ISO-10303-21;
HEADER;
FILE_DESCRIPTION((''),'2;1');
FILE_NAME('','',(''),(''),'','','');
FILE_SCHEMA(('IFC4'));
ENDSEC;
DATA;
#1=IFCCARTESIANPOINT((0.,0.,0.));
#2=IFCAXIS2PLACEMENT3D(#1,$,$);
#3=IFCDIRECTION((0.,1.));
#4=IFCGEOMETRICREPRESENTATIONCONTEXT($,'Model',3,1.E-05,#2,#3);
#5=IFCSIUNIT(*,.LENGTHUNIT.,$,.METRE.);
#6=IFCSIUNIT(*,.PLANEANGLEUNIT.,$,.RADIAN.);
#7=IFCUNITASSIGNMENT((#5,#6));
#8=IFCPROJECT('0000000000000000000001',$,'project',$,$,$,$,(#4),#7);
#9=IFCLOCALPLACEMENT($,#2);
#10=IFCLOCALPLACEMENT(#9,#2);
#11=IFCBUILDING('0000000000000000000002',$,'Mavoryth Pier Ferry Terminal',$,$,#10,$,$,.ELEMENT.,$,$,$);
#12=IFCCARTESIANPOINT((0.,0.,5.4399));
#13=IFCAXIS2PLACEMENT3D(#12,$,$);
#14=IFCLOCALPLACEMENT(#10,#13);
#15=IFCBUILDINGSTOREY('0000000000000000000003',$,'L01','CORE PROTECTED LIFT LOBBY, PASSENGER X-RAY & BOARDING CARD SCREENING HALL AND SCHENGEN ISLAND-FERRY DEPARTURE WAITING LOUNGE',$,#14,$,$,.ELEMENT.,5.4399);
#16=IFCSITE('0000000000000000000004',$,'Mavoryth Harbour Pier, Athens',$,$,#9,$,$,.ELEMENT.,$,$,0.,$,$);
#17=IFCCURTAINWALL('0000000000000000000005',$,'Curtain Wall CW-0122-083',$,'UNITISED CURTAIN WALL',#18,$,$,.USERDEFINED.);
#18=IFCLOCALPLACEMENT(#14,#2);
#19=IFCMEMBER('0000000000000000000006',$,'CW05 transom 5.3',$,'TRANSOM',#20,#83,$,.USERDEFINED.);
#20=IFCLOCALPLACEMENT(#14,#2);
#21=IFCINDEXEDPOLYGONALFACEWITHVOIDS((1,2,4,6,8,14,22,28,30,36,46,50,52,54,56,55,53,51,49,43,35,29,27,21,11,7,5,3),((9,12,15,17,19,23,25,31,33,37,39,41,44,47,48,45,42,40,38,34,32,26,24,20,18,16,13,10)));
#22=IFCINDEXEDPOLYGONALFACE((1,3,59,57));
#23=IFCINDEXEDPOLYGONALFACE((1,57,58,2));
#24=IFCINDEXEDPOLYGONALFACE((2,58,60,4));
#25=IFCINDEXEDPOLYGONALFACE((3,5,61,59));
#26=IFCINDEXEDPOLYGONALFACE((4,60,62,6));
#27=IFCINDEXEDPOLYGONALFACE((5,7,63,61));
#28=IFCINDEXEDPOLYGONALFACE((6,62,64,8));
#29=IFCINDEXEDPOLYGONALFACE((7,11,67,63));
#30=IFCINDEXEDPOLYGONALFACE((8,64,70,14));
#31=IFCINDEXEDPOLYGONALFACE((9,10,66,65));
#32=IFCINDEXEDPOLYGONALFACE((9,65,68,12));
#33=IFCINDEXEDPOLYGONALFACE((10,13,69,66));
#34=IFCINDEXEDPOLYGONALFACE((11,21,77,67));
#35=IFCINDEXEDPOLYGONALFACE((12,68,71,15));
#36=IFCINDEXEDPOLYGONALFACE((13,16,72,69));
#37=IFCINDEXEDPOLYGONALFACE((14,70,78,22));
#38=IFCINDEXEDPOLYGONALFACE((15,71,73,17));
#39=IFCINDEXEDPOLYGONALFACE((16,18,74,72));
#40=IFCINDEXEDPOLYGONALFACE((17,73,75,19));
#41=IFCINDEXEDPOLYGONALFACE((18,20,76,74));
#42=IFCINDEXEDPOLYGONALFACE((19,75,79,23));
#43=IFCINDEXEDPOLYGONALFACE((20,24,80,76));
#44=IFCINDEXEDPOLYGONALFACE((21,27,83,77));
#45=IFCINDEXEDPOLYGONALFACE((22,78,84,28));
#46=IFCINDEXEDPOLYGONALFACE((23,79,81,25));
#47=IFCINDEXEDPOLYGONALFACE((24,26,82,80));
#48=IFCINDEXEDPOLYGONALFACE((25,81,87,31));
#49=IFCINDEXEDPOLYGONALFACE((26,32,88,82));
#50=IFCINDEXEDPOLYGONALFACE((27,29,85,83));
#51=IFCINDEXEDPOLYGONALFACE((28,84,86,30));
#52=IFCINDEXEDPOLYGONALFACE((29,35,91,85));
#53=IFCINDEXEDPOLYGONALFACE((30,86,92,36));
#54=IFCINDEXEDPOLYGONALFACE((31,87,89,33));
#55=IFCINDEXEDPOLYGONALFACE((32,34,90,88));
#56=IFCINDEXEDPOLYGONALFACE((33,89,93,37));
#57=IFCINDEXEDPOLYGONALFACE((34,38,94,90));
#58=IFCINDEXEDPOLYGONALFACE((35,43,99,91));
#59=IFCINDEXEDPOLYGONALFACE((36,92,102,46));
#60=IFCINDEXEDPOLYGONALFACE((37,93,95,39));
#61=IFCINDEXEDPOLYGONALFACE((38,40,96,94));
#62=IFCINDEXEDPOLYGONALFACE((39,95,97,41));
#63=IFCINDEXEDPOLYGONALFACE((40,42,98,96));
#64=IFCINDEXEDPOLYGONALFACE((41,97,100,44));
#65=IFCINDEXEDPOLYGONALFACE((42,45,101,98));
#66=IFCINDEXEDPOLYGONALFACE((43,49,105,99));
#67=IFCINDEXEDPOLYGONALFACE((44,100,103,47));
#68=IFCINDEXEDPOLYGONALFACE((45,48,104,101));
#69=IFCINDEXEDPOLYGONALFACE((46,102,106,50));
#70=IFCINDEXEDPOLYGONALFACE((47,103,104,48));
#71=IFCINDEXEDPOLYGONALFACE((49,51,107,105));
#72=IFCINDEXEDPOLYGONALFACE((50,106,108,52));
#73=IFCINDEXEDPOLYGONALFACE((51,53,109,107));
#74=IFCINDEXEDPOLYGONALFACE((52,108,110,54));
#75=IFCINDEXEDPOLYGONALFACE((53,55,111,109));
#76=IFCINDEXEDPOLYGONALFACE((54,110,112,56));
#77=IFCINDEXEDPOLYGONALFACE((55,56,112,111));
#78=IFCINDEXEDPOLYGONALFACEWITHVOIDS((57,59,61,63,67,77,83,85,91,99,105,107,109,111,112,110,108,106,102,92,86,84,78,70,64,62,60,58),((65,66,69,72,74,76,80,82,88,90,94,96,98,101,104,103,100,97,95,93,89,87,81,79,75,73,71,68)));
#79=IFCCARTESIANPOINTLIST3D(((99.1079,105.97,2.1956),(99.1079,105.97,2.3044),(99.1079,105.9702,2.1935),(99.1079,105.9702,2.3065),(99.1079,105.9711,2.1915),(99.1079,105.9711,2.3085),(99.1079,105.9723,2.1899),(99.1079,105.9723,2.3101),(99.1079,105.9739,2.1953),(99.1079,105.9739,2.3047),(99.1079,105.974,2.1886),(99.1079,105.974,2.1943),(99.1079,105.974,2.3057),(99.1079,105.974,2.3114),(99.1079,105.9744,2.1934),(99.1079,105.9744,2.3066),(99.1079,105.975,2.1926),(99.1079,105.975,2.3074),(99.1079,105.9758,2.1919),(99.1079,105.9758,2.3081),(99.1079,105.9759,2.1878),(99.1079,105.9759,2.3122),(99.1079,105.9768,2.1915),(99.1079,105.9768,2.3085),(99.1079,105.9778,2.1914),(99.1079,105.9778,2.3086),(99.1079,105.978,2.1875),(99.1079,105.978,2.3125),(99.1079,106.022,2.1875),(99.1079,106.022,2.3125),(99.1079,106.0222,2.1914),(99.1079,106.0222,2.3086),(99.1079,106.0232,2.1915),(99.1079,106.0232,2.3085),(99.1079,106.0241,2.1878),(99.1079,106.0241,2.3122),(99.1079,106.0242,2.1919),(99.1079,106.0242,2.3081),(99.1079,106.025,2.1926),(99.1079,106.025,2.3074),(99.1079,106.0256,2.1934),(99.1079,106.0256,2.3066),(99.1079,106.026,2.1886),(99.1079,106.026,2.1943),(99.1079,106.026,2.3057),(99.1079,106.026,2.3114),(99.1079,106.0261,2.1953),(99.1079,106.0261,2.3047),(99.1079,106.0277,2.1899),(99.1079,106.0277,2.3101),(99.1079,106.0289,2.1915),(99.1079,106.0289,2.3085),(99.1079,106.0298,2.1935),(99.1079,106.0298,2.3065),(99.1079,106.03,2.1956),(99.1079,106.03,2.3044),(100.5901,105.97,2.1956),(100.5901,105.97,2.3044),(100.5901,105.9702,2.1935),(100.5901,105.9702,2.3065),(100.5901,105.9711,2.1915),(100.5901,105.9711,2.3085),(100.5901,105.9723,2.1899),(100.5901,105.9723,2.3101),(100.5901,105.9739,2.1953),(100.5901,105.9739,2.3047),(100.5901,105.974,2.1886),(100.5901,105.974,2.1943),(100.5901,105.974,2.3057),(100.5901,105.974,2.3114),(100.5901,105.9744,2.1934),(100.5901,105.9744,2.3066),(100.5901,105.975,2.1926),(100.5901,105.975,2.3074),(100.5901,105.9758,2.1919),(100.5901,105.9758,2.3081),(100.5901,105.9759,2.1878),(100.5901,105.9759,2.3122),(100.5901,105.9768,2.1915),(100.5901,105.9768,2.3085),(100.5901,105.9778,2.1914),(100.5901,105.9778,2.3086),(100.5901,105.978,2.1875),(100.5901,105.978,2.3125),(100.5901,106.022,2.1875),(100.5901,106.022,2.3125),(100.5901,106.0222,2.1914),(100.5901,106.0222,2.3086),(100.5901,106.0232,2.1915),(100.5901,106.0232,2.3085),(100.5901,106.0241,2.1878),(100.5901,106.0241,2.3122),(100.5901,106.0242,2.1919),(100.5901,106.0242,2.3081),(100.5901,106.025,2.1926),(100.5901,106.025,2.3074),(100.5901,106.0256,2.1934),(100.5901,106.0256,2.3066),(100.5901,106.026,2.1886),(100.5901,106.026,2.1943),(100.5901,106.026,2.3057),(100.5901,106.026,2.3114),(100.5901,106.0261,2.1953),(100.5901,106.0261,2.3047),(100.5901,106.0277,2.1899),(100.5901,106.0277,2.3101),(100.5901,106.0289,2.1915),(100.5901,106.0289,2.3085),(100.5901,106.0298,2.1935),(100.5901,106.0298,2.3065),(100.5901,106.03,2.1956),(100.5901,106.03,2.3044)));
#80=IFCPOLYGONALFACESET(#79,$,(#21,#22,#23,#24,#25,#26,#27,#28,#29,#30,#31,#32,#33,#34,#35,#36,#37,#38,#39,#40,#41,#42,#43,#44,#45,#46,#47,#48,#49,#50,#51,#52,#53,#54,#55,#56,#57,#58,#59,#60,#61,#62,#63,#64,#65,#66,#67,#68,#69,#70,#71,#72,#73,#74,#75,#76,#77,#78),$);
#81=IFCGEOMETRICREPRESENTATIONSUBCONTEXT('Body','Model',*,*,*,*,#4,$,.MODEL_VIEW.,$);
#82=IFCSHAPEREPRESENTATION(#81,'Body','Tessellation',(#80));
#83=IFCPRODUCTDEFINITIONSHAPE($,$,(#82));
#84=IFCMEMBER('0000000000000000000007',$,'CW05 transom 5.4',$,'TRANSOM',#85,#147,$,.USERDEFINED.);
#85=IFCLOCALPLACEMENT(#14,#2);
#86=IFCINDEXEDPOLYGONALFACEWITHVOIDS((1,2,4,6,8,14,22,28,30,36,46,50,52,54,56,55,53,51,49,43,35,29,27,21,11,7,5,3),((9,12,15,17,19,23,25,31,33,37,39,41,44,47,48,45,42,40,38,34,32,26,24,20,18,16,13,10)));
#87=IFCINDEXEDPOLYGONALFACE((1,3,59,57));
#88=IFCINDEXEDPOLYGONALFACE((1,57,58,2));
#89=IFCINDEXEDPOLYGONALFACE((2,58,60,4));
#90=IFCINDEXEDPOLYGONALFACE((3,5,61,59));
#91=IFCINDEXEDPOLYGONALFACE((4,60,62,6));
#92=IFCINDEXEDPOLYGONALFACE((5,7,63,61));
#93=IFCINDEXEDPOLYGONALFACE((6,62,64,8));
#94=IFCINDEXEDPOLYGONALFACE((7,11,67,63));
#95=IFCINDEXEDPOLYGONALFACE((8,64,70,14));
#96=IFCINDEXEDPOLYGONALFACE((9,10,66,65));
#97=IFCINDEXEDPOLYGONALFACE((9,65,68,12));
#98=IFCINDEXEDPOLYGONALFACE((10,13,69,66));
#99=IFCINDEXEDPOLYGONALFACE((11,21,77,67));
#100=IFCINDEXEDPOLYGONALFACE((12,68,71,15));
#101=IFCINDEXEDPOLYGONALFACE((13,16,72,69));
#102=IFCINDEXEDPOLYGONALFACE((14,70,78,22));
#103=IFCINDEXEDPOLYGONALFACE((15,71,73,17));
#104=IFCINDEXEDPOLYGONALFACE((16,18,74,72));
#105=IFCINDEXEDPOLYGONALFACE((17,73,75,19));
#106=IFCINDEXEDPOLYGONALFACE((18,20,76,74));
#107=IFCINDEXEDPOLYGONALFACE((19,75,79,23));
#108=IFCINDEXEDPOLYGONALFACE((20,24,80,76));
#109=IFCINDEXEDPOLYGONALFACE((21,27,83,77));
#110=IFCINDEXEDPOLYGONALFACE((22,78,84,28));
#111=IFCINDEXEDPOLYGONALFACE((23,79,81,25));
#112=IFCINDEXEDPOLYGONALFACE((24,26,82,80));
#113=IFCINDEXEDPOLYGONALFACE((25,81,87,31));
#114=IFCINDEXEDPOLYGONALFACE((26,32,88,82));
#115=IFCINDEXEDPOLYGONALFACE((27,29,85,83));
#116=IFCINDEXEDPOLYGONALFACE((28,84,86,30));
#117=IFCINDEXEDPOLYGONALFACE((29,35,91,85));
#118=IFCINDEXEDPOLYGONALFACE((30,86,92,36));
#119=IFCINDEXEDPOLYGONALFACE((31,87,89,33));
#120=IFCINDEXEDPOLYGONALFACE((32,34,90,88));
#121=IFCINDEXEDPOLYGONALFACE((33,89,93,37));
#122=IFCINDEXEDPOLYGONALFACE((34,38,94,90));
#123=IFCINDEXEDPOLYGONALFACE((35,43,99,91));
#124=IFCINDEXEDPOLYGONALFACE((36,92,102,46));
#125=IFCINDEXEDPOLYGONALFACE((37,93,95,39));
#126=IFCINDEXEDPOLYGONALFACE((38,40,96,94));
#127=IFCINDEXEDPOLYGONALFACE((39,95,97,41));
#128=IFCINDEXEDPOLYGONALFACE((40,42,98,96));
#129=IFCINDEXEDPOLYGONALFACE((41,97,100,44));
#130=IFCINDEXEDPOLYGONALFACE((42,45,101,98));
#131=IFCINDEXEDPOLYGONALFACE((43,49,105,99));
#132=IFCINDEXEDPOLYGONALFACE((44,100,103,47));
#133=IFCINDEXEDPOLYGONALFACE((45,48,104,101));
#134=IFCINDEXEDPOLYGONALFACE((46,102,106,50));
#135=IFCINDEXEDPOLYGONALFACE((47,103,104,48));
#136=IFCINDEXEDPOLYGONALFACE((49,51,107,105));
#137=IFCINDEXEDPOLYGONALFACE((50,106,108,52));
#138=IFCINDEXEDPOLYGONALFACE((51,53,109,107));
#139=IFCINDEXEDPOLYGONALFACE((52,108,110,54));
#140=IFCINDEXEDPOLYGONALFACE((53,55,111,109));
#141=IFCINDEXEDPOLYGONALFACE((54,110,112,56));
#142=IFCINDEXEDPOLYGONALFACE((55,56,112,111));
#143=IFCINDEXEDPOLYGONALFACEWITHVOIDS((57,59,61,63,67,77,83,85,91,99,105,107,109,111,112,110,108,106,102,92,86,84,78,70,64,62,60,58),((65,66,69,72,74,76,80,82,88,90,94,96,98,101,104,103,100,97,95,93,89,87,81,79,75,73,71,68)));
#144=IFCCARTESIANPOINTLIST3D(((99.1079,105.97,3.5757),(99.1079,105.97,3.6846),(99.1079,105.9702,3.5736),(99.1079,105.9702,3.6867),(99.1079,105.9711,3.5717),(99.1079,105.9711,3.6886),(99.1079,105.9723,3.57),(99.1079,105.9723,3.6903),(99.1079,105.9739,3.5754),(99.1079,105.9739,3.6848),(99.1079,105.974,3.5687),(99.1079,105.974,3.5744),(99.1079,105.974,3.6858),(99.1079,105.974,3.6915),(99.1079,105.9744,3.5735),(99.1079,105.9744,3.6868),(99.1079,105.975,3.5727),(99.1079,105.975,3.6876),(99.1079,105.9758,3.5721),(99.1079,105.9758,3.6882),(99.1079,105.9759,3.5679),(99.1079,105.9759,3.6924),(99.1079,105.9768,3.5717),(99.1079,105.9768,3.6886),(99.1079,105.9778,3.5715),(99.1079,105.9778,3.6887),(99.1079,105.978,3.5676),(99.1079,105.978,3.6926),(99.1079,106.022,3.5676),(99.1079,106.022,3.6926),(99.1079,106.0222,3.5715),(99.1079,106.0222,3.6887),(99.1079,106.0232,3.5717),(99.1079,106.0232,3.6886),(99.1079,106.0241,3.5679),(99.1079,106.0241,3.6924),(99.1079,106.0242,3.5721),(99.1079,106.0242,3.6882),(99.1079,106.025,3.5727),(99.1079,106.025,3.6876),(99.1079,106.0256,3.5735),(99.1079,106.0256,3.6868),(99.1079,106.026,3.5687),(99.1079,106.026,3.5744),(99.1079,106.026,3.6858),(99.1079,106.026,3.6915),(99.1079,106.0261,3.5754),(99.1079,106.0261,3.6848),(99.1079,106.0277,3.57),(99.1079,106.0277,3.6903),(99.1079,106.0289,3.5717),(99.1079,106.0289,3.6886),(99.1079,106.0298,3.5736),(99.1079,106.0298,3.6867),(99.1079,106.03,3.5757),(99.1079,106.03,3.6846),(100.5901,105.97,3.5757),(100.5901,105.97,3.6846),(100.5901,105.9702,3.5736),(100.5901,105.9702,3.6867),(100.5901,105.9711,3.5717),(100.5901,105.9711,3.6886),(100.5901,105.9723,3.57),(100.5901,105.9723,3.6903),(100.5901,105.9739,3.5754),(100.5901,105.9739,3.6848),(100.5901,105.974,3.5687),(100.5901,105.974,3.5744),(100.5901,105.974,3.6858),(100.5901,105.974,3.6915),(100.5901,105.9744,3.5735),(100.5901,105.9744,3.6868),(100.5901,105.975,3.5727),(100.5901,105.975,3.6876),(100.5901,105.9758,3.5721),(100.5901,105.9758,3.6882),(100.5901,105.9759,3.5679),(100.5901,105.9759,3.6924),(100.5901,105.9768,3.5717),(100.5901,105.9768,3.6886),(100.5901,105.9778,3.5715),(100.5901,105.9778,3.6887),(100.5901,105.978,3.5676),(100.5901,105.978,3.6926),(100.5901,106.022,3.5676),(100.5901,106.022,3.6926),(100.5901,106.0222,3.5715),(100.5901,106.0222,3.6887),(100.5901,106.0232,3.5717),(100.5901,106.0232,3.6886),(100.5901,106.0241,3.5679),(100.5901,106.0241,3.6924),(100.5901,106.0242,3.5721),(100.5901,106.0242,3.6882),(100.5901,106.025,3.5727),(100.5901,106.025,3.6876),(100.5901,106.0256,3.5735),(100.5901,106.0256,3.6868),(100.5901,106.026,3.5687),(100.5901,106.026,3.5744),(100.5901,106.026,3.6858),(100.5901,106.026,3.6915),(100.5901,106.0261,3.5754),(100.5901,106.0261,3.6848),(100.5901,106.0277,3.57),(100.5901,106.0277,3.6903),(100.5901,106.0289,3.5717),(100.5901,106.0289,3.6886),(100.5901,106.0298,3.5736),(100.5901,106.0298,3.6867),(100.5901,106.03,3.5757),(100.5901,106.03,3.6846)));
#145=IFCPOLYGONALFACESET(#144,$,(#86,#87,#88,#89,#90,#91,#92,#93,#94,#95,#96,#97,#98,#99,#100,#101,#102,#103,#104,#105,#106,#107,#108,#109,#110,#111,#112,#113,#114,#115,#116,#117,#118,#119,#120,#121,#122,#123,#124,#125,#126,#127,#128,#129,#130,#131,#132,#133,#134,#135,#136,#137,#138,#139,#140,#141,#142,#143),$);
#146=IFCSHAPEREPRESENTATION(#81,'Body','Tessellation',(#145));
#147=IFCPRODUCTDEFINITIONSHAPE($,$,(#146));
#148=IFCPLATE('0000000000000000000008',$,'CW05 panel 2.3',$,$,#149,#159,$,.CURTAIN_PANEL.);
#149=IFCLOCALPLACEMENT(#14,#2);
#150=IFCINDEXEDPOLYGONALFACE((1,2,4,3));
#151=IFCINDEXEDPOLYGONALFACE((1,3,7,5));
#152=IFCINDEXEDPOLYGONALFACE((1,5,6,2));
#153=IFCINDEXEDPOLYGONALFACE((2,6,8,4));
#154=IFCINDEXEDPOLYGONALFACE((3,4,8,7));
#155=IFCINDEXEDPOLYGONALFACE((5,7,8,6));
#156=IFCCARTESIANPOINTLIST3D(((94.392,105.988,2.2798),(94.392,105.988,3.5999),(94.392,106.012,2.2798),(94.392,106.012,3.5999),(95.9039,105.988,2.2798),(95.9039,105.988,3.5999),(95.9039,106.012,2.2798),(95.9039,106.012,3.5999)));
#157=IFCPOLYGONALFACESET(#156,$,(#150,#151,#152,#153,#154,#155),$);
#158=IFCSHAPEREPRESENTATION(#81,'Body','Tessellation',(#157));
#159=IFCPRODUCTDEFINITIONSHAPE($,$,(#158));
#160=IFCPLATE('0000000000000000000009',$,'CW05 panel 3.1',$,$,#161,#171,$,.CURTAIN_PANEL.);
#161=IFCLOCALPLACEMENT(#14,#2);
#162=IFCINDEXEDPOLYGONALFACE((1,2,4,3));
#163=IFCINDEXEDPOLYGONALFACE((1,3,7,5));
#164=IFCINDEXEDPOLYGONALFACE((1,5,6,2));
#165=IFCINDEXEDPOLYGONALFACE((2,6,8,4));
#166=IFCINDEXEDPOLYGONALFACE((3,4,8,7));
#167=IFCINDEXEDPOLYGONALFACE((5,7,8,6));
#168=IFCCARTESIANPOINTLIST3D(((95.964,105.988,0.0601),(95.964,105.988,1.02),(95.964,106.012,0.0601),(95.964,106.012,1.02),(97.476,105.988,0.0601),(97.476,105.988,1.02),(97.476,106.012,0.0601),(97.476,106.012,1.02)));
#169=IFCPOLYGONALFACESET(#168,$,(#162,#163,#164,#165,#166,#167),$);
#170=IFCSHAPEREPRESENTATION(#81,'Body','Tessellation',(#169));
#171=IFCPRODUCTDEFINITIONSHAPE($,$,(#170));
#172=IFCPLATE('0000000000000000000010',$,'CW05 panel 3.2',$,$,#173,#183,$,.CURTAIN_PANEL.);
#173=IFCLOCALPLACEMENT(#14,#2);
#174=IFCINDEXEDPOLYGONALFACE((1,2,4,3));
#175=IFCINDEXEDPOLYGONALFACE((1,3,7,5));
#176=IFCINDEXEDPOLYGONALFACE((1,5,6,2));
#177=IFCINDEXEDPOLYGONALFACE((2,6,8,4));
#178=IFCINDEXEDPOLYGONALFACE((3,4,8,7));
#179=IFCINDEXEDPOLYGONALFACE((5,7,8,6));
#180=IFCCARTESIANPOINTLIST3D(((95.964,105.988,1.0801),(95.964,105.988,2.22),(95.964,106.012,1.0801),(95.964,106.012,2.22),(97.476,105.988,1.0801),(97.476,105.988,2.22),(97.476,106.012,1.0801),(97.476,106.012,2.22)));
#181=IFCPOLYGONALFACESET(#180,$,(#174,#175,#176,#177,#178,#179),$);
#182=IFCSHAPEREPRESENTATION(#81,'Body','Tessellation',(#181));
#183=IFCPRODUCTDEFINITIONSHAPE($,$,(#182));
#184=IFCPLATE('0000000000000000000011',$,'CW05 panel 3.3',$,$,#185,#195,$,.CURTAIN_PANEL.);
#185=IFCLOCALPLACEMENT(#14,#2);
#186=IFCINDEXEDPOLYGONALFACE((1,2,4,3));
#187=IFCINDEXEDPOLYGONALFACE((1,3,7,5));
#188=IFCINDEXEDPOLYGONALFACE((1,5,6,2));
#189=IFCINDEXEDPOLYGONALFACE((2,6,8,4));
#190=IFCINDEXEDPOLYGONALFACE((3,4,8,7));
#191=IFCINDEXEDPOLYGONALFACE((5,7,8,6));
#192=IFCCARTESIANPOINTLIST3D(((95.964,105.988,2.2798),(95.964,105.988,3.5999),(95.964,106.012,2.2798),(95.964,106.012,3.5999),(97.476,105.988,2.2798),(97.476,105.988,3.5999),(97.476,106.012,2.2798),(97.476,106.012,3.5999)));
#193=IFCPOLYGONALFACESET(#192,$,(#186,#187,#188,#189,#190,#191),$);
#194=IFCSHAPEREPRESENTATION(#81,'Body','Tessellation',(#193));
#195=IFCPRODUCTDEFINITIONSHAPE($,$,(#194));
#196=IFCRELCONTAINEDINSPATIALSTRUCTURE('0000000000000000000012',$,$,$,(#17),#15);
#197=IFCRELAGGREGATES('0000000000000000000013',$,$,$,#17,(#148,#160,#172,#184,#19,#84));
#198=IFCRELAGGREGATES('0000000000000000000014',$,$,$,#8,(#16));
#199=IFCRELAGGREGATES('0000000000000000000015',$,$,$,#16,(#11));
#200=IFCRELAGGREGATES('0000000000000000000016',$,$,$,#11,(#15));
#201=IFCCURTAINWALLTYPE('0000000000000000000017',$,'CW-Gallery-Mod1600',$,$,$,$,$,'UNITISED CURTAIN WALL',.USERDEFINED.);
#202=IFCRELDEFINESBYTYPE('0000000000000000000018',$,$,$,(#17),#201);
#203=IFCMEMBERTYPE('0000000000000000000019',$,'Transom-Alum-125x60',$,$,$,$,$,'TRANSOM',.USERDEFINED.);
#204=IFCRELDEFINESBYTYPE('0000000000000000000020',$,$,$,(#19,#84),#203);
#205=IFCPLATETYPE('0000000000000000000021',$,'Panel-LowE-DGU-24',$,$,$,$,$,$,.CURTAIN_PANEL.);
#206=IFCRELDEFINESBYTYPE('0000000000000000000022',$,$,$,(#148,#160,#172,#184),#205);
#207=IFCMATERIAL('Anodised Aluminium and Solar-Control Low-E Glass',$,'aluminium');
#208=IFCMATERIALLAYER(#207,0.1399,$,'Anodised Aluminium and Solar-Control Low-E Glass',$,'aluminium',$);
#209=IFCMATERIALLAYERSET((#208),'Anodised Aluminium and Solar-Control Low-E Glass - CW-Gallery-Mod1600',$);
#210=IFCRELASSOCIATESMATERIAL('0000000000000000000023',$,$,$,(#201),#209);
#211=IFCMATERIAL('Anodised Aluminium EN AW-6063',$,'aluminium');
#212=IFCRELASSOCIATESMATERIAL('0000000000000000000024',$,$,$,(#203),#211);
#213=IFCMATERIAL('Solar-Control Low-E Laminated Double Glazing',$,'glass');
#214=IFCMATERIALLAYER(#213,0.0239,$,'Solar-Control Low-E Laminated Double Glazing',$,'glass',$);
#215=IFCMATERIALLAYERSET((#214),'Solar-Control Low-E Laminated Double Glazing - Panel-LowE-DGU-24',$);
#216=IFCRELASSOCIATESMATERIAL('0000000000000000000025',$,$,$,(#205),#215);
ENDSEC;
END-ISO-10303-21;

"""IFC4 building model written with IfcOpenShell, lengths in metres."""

from ifc_helpers import new_model, si_unit, direction, frame, origin, origin_2d, place, context, subcontext, project, spatial, rectangle, hollow_rectangle, extrude, material, layer, layer_set, material_profile, profile_set, type_object, element, aggregate, save


model = new_model("IFC4")

# Units and contexts
model_context = context("Model", 3, precision=1e-05, world=origin(), true_north=direction((0.0, 1.0)))
body_context = subcontext(model_context, "Body", "Model", "MODEL_VIEW")
ifc_project = project(units=[si_unit("LENGTHUNIT", "METRE"), si_unit("PLANEANGLEUNIT", "RADIAN")], contexts=[model_context])

# Site, building, storey
site_placement = place(None, origin())
site = spatial("IfcSite", under=ifc_project, at=site_placement, Name="Mavoryth Harbour Pier, Athens", CompositionType="ELEMENT", RefElevation=0.0)
building_placement = place(site_placement, origin())
building = spatial("IfcBuilding", under=site, at=building_placement, Name="Mavoryth Pier Ferry Terminal", CompositionType="ELEMENT")
storey_placement = place(building_placement, frame((0.0, 0.0, 5.4399)))
storey = spatial("IfcBuildingStorey", under=building, at=storey_placement, Name="L01", Description="CORE PROTECTED LIFT LOBBY, PASSENGER X-RAY & BOARDING CARD SCREENING HALL AND SCHENGEN ISLAND-FERRY DEPARTURE WAITING LOUNGE", CompositionType="ELEMENT", Elevation=5.4399)

# Curtain wall
ifc_material_1 = material(Name="Anodised Aluminium and Solar-Control Low-E Glass", Category="aluminium")
ifc_layer_1 = layer(ifc_material_1, 0.1399, Name="Anodised Aluminium and Solar-Control Low-E Glass", Category="aluminium")
ifc_layer_set_1 = layer_set([ifc_layer_1], Name="Anodised Aluminium and Solar-Control Low-E Glass - CW-Gallery-Mod1600")
curtain_wall_type = type_object("IfcCurtainWallType", Name="CW-Gallery-Mod1600", ElementType="UNITISED CURTAIN WALL", PredefinedType="USERDEFINED", material=ifc_layer_set_1)
curtain_wall_1_placement = place(storey_placement, origin())
curtain_wall_1 = element("IfcCurtainWall", 1, at=curtain_wall_1_placement, inside=storey, type_object=curtain_wall_type, Name="Curtain Wall CW-0122-083", ObjectType="UNITISED CURTAIN WALL", PredefinedType="USERDEFINED")
ifc_material_2 = material(Name="Anodised Aluminium EN AW-6063", Category="aluminium")

# Members
ifc_material_profile_1 = material_profile(ifc_material_2, hollow_rectangle(XDim=0.0601, YDim=0.125, WallThickness=0.0039, InnerFilletRadius=0.0039, OuterFilletRadius=0.0081, at=origin_2d()), Name="AL-TRAN 125x60x4", Category="aluminium")
ifc_profile_set_1 = profile_set([ifc_material_profile_1], Name="Anodised Aluminium EN AW-6063 - AL-TRAN 125x60x4")
member_type_1 = type_object("IfcMemberType", Name="Transom-Alum-125x60", ElementType="TRANSOM", PredefinedType="USERDEFINED", material=ifc_profile_set_1)
member_1_placement = place(storey_placement, frame((99.1079, 106.0, 2.25), z_axis=(1.0, 0.0, 0.0), x_axis=(0.0, 1.0, 0.0)))
member_1 = element("IfcMember", 2, at=member_1_placement, type_object=member_type_1, Name="CW05 transom 5.3", ObjectType="TRANSOM", PredefinedType="USERDEFINED", context=body_context, shape_type="SweptSolid", body=[
    extrude(hollow_rectangle(XDim=0.0601, YDim=0.125, WallThickness=0.0039, InnerFilletRadius=0.0039, OuterFilletRadius=0.0081, at=origin_2d()), origin(), (0.0, 0.0, 1.0), 1.4822),
])
member_2_placement = place(storey_placement, frame((99.1079, 106.0, 3.6301), z_axis=(1.0, 0.0, 0.0), x_axis=(0.0, 1.0, 0.0)))
member_2 = element("IfcMember", 3, at=member_2_placement, type_object=member_type_1, Name="CW05 transom 5.4", ObjectType="TRANSOM", PredefinedType="USERDEFINED", context=body_context, shape_type="SweptSolid", body=[
    extrude(hollow_rectangle(XDim=0.0601, YDim=0.125, WallThickness=0.0039, InnerFilletRadius=0.0039, OuterFilletRadius=0.0081, at=origin_2d()), origin(), (0.0, 0.0, 1.0), 1.4822),
])

# Plates
ifc_material_3 = material(Name="Solar-Control Low-E Laminated Double Glazing", Category="glass")
ifc_layer_2 = layer(ifc_material_3, 0.0239, Name="Solar-Control Low-E Laminated Double Glazing", Category="glass")
ifc_layer_set_2 = layer_set([ifc_layer_2], Name="Solar-Control Low-E Laminated Double Glazing - Panel-LowE-DGU-24")
plate_type_1 = type_object("IfcPlateType", Name="Panel-LowE-DGU-24", PredefinedType="CURTAIN_PANEL", material=ifc_layer_set_2)
plate_1_placement = place(storey_placement, frame((95.1479, 106.0, 2.2798), z_axis=(0.0, 0.0, 1.0), x_axis=(1.0, 0.0, 0.0)))
plate_1 = element("IfcPlate", 4, at=plate_1_placement, type_object=plate_type_1, Name="CW05 panel 2.3", PredefinedType="CURTAIN_PANEL", context=body_context, shape_type="SweptSolid", body=[
    extrude(rectangle(XDim=1.512, YDim=0.0239, at=origin_2d()), origin(), (0.0, 0.0, 1.0), 1.3201),
])
plate_2_placement = place(storey_placement, frame((96.72, 106.0, 0.0601), z_axis=(0.0, 0.0, 1.0), x_axis=(1.0, 0.0, 0.0)))
plate_2 = element("IfcPlate", 5, at=plate_2_placement, type_object=plate_type_1, Name="CW05 panel 3.1", PredefinedType="CURTAIN_PANEL", context=body_context, shape_type="SweptSolid", body=[
    extrude(rectangle(XDim=1.512, YDim=0.0239, at=origin_2d()), origin(), (0.0, 0.0, 1.0), 0.96),
])
plate_3_placement = place(storey_placement, frame((96.72, 106.0, 1.0801), z_axis=(0.0, 0.0, 1.0), x_axis=(1.0, 0.0, 0.0)))
plate_3 = element("IfcPlate", 6, at=plate_3_placement, type_object=plate_type_1, Name="CW05 panel 3.2", PredefinedType="CURTAIN_PANEL", context=body_context, shape_type="SweptSolid", body=[
    extrude(rectangle(XDim=1.512, YDim=0.0239, at=origin_2d()), origin(), (0.0, 0.0, 1.0), 1.1399),
])
plate_4_placement = place(storey_placement, frame((96.72, 106.0, 2.2798), z_axis=(0.0, 0.0, 1.0), x_axis=(1.0, 0.0, 0.0)))
plate_4 = element("IfcPlate", 7, at=plate_4_placement, type_object=plate_type_1, Name="CW05 panel 3.3", PredefinedType="CURTAIN_PANEL", context=body_context, shape_type="SweptSolid", body=[
    extrude(rectangle(XDim=1.512, YDim=0.0239, at=origin_2d()), origin(), (0.0, 0.0, 1.0), 1.3201),
])
aggregate(curtain_wall_1, [plate_1, plate_2, plate_3, plate_4, member_1, member_2])

save(model, "model.ifc")
